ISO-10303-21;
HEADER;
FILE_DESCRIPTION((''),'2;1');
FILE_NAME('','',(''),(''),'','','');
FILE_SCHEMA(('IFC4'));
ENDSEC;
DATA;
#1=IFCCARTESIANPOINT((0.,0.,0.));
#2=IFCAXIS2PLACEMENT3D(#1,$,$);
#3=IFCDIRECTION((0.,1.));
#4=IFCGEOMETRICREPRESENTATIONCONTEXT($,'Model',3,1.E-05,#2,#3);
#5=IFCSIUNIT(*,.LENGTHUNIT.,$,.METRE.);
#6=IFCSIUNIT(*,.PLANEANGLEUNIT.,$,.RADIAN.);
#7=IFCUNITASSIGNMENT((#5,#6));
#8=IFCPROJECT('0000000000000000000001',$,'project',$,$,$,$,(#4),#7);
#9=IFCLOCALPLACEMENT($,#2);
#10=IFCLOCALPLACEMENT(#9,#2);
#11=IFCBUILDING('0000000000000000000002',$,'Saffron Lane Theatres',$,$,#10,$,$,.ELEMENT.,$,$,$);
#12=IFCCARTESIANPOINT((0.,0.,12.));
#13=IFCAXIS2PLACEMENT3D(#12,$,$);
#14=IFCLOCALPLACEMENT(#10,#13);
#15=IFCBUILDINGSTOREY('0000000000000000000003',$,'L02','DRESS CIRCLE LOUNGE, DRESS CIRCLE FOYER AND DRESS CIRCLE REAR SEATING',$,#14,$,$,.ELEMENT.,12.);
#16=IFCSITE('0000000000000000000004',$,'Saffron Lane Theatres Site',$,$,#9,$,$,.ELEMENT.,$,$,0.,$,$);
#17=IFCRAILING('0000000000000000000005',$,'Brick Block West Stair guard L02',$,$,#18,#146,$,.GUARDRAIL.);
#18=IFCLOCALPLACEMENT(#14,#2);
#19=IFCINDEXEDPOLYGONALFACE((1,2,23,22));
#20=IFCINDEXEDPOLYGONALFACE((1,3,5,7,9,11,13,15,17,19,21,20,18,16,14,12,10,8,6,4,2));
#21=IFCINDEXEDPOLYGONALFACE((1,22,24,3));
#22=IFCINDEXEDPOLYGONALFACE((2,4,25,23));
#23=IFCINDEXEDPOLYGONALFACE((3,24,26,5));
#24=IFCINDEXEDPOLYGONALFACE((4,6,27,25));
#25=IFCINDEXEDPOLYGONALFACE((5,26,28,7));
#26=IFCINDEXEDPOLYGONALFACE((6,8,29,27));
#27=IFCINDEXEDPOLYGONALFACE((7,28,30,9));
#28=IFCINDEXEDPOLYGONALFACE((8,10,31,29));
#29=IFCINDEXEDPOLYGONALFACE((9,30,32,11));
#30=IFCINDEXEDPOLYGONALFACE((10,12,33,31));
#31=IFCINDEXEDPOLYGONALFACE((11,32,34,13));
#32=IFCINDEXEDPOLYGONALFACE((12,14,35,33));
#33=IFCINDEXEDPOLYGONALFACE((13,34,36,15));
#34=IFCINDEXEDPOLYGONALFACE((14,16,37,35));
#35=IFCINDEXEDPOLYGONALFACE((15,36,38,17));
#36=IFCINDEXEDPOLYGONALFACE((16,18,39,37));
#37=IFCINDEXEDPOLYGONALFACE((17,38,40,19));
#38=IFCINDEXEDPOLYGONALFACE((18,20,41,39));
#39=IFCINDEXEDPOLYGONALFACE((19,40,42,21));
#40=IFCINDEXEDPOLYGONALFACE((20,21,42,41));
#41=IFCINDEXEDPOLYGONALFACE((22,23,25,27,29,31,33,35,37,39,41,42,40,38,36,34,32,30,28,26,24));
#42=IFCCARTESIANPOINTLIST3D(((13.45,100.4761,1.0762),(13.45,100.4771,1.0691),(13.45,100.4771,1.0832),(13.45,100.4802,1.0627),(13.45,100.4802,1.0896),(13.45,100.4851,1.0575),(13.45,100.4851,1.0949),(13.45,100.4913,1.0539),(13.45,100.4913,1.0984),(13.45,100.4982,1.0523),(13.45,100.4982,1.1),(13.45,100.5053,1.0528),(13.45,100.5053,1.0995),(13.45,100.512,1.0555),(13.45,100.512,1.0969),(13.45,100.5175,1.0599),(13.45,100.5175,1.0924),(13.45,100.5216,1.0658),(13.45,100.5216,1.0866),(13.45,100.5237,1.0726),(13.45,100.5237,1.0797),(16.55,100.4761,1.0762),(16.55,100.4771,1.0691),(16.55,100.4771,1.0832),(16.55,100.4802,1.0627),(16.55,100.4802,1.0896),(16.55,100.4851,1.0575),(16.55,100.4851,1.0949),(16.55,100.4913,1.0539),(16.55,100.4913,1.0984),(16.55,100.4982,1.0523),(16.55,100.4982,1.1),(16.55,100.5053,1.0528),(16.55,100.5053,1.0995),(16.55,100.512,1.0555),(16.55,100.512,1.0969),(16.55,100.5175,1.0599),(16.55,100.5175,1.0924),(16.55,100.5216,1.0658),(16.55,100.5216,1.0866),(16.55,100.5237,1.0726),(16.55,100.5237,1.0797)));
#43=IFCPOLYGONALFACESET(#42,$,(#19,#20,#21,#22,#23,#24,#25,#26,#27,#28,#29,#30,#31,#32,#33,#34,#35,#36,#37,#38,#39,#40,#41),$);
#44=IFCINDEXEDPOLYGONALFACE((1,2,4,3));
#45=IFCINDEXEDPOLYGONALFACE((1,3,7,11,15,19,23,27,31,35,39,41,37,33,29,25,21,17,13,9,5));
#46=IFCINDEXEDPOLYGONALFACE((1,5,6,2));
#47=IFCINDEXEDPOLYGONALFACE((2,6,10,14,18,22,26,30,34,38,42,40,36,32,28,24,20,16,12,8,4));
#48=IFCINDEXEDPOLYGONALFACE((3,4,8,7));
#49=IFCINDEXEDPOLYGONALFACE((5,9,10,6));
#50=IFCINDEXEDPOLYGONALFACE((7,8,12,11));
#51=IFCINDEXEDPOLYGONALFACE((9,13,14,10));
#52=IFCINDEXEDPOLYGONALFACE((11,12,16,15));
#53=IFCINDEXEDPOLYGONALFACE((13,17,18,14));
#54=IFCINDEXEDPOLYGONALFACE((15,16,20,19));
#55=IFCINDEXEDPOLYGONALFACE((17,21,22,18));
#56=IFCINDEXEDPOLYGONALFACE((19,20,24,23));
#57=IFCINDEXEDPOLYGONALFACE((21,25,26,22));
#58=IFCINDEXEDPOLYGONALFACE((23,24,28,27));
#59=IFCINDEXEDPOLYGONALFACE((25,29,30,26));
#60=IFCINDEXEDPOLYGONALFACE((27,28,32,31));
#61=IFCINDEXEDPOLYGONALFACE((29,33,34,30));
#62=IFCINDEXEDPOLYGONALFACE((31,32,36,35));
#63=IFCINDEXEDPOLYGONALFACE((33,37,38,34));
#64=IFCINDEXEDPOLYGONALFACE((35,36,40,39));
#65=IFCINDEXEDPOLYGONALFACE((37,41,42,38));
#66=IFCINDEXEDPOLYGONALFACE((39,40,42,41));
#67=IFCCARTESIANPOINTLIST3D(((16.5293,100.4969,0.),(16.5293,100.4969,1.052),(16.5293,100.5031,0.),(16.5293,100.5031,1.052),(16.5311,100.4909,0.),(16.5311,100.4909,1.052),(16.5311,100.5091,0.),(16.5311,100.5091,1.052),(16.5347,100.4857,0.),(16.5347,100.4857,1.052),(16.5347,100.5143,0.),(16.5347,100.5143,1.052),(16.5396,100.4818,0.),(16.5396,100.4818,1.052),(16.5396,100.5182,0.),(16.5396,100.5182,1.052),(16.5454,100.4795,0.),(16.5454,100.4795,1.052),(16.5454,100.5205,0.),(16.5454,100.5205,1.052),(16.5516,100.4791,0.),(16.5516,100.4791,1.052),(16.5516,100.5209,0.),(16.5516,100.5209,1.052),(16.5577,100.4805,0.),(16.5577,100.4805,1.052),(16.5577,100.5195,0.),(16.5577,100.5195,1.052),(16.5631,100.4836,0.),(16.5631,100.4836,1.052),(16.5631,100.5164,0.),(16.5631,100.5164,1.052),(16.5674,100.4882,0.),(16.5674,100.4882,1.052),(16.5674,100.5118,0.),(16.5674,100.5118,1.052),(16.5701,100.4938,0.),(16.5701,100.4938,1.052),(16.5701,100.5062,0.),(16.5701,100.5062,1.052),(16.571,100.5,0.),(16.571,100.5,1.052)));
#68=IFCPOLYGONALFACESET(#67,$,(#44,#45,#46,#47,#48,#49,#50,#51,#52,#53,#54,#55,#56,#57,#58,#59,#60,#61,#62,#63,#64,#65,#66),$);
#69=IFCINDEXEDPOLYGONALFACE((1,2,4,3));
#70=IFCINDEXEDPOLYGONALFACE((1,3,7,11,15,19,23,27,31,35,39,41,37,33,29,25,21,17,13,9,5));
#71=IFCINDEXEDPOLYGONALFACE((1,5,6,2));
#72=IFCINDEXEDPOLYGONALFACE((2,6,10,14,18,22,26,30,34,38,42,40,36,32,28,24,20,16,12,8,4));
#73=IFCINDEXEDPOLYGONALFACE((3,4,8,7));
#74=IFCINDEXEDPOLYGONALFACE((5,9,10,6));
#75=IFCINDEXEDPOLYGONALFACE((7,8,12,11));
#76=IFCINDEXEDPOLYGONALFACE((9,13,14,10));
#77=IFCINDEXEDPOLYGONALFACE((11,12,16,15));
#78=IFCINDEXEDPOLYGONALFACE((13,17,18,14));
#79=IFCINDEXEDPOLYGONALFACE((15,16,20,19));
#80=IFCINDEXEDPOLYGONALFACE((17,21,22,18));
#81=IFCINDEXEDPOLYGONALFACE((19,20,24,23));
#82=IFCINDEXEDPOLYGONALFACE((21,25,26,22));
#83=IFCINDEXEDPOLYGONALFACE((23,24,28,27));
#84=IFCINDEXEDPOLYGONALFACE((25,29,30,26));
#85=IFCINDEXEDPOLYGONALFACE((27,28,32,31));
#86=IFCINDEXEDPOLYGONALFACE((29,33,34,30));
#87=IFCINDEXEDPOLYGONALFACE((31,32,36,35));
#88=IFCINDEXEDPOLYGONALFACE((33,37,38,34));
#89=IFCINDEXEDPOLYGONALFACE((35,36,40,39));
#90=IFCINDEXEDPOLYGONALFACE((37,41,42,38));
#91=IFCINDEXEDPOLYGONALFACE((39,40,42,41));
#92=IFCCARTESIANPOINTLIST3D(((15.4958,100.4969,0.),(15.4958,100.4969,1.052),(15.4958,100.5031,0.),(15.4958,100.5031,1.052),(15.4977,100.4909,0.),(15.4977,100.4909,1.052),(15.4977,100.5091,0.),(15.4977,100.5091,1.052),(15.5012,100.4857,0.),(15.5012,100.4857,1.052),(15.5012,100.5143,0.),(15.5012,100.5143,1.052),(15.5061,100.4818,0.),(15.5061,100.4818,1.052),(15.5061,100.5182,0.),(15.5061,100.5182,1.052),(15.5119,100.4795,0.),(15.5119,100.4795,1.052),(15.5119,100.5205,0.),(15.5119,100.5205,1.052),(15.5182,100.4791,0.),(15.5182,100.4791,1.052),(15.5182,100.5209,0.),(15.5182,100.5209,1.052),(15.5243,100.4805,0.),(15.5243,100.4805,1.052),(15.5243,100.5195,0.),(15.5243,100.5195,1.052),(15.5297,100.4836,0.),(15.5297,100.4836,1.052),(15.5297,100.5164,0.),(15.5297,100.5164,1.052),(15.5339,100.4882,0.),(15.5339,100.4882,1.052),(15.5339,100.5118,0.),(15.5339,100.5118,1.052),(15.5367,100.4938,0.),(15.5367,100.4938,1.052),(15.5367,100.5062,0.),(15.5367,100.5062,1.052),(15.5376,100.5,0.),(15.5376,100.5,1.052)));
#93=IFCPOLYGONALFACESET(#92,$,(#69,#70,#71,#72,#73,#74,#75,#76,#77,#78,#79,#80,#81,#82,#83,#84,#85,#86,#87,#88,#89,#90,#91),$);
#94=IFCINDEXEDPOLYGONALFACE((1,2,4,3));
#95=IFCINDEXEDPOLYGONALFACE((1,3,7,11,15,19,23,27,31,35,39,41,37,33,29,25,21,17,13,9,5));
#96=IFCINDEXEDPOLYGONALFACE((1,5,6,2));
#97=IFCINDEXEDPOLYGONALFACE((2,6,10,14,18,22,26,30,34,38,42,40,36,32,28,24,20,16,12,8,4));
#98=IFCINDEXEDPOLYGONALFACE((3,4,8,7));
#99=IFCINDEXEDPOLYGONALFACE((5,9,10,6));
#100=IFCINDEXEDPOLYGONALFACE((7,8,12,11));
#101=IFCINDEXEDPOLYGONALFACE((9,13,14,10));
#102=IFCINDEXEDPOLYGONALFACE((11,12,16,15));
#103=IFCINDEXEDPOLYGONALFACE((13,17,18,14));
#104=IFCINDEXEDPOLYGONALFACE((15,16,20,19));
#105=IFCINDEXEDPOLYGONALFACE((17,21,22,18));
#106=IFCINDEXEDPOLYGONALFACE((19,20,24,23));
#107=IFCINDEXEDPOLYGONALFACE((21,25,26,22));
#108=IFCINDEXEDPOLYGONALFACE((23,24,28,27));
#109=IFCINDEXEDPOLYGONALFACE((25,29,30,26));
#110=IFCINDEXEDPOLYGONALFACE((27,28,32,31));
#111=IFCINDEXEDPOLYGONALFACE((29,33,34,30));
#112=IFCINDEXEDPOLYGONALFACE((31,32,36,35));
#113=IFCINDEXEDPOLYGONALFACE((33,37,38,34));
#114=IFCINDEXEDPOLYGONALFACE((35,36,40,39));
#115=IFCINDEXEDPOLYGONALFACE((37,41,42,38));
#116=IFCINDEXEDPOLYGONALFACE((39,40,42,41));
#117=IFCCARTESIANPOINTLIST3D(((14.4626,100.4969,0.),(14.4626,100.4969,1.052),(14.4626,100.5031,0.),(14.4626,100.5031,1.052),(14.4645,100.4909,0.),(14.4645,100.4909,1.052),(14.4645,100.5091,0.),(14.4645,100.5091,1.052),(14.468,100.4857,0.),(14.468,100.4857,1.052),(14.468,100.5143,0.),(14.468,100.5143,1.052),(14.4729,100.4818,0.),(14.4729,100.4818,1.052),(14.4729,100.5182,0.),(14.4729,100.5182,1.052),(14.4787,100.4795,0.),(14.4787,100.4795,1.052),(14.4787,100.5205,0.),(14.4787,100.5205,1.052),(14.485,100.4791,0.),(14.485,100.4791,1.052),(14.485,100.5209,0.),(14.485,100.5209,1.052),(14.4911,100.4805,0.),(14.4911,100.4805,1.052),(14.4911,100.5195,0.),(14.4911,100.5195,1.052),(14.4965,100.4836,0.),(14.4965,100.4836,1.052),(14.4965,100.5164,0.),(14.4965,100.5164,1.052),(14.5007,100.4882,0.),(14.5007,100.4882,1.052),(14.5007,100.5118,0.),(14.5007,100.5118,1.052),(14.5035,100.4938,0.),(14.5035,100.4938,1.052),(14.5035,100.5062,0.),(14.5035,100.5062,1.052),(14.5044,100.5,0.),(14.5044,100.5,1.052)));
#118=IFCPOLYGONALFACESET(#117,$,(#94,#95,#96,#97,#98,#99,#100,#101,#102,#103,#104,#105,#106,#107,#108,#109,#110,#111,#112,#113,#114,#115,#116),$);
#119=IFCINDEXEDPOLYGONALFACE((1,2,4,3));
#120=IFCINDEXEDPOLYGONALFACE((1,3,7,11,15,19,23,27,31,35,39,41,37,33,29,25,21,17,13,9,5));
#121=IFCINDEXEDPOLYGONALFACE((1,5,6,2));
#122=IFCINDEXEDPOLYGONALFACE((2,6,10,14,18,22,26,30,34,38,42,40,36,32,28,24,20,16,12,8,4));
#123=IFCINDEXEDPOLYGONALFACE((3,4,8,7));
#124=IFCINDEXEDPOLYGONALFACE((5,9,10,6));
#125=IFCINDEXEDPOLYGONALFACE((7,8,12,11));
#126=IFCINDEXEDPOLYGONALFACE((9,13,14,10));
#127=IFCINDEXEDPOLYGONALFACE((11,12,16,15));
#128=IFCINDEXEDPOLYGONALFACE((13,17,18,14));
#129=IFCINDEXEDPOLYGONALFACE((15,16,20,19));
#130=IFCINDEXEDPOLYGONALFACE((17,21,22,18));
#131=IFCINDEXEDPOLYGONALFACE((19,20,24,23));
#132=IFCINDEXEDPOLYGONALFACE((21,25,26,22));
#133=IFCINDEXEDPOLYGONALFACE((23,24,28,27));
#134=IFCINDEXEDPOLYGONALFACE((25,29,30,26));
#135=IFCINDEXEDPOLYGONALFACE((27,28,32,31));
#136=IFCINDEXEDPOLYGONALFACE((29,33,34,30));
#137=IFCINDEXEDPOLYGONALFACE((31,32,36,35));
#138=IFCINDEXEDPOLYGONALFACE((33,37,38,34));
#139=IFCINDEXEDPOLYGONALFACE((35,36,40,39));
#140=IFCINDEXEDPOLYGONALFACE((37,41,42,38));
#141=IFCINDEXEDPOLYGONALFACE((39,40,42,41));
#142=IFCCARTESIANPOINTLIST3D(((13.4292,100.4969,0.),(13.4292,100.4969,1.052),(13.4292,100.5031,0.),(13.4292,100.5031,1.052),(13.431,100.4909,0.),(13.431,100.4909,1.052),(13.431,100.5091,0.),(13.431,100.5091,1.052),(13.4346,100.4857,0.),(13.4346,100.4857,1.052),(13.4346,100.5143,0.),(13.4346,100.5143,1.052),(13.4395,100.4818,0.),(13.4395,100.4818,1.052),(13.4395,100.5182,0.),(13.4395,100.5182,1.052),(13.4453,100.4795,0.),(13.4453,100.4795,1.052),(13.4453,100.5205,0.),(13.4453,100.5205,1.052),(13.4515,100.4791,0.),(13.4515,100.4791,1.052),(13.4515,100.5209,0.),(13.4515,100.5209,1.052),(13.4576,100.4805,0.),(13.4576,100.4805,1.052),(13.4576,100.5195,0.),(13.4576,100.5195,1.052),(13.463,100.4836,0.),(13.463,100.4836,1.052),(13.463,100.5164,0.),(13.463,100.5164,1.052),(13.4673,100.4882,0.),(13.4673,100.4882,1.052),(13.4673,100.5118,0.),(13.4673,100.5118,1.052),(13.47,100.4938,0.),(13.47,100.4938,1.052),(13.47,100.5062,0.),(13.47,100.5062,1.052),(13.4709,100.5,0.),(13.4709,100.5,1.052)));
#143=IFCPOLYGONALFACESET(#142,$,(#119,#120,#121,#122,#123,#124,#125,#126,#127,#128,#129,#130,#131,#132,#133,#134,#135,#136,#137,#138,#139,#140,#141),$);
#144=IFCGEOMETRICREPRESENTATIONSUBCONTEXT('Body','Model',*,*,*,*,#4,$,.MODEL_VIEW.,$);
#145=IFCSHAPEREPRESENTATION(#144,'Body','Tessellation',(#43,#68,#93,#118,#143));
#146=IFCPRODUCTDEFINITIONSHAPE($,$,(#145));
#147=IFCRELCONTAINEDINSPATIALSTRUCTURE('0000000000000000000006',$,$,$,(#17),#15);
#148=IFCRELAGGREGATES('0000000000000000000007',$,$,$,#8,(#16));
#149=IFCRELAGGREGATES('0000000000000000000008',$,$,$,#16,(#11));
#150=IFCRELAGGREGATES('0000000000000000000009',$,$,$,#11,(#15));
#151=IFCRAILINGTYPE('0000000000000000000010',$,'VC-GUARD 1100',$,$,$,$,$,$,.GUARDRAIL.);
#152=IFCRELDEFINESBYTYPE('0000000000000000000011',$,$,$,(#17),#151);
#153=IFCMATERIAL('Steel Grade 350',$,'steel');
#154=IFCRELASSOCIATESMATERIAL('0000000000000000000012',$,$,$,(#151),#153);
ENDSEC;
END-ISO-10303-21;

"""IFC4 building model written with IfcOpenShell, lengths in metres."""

from ifc_helpers import new_model, si_unit, direction, frame, origin, origin_2d, place, context, subcontext, project, spatial, circle, extrude, material, type_object, element, save


model = new_model("IFC4")

# Units and contexts
model_context = context("Model", 3, precision=1e-05, world=origin(), true_north=direction((0.0, 1.0)))
body_context = subcontext(model_context, "Body", "Model", "MODEL_VIEW")
ifc_project = project(units=[si_unit("LENGTHUNIT", "METRE"), si_unit("PLANEANGLEUNIT", "RADIAN")], contexts=[model_context])

# Site, building, storey
site_placement = place(None, origin())
site = spatial("IfcSite", under=ifc_project, at=site_placement, Name="Saffron Lane Theatres Site", CompositionType="ELEMENT", RefElevation=0.0)
building_placement = place(site_placement, origin())
building = spatial("IfcBuilding", under=site, at=building_placement, Name="Saffron Lane Theatres", CompositionType="ELEMENT")
storey_placement = place(building_placement, frame((0.0, 0.0, 12.0)))
storey = spatial("IfcBuildingStorey", under=building, at=storey_placement, Name="L02", Description="DRESS CIRCLE LOUNGE, DRESS CIRCLE FOYER AND DRESS CIRCLE REAR SEATING", CompositionType="ELEMENT", Elevation=12.0)

# Railing
ifc_material_1 = material(Name="Steel Grade 350", Category="steel")
railing_type_1 = type_object("IfcRailingType", Name="VC-GUARD 1100", PredefinedType="GUARDRAIL", material=ifc_material_1)
railing_1_placement = place(storey_placement, frame((16.55, 100.5, 0.0)))
element("IfcRailing", 1, at=railing_1_placement, inside=storey, type_object=railing_type_1, Name="Brick Block West Stair guard L02", PredefinedType="GUARDRAIL", context=body_context, shape_type="SweptSolid", body=[
    extrude(circle(Radius=0.0239, at=origin_2d()), frame((0.0, 0.0, 1.0762), z_axis=(-1.0, 0.0, 0.0), x_axis=(0.0, -1.0, 0.0)), (0.0, 0.0, 1.0), 3.1001),
    extrude(circle(Radius=0.021, at=origin_2d()), origin(), (0.0, 0.0, 1.0), 1.052),
    extrude(circle(Radius=0.021, at=origin_2d()), frame((-1.0334, 0.0, 0.0)), (0.0, 0.0, 1.0), 1.052),
    extrude(circle(Radius=0.021, at=origin_2d()), frame((-2.0667, 0.0, 0.0)), (0.0, 0.0, 1.0), 1.052),
    extrude(circle(Radius=0.021, at=origin_2d()), frame((-3.1001, 0.0, 0.0)), (0.0, 0.0, 1.0), 1.052),
])

save(model, "model.ifc")
